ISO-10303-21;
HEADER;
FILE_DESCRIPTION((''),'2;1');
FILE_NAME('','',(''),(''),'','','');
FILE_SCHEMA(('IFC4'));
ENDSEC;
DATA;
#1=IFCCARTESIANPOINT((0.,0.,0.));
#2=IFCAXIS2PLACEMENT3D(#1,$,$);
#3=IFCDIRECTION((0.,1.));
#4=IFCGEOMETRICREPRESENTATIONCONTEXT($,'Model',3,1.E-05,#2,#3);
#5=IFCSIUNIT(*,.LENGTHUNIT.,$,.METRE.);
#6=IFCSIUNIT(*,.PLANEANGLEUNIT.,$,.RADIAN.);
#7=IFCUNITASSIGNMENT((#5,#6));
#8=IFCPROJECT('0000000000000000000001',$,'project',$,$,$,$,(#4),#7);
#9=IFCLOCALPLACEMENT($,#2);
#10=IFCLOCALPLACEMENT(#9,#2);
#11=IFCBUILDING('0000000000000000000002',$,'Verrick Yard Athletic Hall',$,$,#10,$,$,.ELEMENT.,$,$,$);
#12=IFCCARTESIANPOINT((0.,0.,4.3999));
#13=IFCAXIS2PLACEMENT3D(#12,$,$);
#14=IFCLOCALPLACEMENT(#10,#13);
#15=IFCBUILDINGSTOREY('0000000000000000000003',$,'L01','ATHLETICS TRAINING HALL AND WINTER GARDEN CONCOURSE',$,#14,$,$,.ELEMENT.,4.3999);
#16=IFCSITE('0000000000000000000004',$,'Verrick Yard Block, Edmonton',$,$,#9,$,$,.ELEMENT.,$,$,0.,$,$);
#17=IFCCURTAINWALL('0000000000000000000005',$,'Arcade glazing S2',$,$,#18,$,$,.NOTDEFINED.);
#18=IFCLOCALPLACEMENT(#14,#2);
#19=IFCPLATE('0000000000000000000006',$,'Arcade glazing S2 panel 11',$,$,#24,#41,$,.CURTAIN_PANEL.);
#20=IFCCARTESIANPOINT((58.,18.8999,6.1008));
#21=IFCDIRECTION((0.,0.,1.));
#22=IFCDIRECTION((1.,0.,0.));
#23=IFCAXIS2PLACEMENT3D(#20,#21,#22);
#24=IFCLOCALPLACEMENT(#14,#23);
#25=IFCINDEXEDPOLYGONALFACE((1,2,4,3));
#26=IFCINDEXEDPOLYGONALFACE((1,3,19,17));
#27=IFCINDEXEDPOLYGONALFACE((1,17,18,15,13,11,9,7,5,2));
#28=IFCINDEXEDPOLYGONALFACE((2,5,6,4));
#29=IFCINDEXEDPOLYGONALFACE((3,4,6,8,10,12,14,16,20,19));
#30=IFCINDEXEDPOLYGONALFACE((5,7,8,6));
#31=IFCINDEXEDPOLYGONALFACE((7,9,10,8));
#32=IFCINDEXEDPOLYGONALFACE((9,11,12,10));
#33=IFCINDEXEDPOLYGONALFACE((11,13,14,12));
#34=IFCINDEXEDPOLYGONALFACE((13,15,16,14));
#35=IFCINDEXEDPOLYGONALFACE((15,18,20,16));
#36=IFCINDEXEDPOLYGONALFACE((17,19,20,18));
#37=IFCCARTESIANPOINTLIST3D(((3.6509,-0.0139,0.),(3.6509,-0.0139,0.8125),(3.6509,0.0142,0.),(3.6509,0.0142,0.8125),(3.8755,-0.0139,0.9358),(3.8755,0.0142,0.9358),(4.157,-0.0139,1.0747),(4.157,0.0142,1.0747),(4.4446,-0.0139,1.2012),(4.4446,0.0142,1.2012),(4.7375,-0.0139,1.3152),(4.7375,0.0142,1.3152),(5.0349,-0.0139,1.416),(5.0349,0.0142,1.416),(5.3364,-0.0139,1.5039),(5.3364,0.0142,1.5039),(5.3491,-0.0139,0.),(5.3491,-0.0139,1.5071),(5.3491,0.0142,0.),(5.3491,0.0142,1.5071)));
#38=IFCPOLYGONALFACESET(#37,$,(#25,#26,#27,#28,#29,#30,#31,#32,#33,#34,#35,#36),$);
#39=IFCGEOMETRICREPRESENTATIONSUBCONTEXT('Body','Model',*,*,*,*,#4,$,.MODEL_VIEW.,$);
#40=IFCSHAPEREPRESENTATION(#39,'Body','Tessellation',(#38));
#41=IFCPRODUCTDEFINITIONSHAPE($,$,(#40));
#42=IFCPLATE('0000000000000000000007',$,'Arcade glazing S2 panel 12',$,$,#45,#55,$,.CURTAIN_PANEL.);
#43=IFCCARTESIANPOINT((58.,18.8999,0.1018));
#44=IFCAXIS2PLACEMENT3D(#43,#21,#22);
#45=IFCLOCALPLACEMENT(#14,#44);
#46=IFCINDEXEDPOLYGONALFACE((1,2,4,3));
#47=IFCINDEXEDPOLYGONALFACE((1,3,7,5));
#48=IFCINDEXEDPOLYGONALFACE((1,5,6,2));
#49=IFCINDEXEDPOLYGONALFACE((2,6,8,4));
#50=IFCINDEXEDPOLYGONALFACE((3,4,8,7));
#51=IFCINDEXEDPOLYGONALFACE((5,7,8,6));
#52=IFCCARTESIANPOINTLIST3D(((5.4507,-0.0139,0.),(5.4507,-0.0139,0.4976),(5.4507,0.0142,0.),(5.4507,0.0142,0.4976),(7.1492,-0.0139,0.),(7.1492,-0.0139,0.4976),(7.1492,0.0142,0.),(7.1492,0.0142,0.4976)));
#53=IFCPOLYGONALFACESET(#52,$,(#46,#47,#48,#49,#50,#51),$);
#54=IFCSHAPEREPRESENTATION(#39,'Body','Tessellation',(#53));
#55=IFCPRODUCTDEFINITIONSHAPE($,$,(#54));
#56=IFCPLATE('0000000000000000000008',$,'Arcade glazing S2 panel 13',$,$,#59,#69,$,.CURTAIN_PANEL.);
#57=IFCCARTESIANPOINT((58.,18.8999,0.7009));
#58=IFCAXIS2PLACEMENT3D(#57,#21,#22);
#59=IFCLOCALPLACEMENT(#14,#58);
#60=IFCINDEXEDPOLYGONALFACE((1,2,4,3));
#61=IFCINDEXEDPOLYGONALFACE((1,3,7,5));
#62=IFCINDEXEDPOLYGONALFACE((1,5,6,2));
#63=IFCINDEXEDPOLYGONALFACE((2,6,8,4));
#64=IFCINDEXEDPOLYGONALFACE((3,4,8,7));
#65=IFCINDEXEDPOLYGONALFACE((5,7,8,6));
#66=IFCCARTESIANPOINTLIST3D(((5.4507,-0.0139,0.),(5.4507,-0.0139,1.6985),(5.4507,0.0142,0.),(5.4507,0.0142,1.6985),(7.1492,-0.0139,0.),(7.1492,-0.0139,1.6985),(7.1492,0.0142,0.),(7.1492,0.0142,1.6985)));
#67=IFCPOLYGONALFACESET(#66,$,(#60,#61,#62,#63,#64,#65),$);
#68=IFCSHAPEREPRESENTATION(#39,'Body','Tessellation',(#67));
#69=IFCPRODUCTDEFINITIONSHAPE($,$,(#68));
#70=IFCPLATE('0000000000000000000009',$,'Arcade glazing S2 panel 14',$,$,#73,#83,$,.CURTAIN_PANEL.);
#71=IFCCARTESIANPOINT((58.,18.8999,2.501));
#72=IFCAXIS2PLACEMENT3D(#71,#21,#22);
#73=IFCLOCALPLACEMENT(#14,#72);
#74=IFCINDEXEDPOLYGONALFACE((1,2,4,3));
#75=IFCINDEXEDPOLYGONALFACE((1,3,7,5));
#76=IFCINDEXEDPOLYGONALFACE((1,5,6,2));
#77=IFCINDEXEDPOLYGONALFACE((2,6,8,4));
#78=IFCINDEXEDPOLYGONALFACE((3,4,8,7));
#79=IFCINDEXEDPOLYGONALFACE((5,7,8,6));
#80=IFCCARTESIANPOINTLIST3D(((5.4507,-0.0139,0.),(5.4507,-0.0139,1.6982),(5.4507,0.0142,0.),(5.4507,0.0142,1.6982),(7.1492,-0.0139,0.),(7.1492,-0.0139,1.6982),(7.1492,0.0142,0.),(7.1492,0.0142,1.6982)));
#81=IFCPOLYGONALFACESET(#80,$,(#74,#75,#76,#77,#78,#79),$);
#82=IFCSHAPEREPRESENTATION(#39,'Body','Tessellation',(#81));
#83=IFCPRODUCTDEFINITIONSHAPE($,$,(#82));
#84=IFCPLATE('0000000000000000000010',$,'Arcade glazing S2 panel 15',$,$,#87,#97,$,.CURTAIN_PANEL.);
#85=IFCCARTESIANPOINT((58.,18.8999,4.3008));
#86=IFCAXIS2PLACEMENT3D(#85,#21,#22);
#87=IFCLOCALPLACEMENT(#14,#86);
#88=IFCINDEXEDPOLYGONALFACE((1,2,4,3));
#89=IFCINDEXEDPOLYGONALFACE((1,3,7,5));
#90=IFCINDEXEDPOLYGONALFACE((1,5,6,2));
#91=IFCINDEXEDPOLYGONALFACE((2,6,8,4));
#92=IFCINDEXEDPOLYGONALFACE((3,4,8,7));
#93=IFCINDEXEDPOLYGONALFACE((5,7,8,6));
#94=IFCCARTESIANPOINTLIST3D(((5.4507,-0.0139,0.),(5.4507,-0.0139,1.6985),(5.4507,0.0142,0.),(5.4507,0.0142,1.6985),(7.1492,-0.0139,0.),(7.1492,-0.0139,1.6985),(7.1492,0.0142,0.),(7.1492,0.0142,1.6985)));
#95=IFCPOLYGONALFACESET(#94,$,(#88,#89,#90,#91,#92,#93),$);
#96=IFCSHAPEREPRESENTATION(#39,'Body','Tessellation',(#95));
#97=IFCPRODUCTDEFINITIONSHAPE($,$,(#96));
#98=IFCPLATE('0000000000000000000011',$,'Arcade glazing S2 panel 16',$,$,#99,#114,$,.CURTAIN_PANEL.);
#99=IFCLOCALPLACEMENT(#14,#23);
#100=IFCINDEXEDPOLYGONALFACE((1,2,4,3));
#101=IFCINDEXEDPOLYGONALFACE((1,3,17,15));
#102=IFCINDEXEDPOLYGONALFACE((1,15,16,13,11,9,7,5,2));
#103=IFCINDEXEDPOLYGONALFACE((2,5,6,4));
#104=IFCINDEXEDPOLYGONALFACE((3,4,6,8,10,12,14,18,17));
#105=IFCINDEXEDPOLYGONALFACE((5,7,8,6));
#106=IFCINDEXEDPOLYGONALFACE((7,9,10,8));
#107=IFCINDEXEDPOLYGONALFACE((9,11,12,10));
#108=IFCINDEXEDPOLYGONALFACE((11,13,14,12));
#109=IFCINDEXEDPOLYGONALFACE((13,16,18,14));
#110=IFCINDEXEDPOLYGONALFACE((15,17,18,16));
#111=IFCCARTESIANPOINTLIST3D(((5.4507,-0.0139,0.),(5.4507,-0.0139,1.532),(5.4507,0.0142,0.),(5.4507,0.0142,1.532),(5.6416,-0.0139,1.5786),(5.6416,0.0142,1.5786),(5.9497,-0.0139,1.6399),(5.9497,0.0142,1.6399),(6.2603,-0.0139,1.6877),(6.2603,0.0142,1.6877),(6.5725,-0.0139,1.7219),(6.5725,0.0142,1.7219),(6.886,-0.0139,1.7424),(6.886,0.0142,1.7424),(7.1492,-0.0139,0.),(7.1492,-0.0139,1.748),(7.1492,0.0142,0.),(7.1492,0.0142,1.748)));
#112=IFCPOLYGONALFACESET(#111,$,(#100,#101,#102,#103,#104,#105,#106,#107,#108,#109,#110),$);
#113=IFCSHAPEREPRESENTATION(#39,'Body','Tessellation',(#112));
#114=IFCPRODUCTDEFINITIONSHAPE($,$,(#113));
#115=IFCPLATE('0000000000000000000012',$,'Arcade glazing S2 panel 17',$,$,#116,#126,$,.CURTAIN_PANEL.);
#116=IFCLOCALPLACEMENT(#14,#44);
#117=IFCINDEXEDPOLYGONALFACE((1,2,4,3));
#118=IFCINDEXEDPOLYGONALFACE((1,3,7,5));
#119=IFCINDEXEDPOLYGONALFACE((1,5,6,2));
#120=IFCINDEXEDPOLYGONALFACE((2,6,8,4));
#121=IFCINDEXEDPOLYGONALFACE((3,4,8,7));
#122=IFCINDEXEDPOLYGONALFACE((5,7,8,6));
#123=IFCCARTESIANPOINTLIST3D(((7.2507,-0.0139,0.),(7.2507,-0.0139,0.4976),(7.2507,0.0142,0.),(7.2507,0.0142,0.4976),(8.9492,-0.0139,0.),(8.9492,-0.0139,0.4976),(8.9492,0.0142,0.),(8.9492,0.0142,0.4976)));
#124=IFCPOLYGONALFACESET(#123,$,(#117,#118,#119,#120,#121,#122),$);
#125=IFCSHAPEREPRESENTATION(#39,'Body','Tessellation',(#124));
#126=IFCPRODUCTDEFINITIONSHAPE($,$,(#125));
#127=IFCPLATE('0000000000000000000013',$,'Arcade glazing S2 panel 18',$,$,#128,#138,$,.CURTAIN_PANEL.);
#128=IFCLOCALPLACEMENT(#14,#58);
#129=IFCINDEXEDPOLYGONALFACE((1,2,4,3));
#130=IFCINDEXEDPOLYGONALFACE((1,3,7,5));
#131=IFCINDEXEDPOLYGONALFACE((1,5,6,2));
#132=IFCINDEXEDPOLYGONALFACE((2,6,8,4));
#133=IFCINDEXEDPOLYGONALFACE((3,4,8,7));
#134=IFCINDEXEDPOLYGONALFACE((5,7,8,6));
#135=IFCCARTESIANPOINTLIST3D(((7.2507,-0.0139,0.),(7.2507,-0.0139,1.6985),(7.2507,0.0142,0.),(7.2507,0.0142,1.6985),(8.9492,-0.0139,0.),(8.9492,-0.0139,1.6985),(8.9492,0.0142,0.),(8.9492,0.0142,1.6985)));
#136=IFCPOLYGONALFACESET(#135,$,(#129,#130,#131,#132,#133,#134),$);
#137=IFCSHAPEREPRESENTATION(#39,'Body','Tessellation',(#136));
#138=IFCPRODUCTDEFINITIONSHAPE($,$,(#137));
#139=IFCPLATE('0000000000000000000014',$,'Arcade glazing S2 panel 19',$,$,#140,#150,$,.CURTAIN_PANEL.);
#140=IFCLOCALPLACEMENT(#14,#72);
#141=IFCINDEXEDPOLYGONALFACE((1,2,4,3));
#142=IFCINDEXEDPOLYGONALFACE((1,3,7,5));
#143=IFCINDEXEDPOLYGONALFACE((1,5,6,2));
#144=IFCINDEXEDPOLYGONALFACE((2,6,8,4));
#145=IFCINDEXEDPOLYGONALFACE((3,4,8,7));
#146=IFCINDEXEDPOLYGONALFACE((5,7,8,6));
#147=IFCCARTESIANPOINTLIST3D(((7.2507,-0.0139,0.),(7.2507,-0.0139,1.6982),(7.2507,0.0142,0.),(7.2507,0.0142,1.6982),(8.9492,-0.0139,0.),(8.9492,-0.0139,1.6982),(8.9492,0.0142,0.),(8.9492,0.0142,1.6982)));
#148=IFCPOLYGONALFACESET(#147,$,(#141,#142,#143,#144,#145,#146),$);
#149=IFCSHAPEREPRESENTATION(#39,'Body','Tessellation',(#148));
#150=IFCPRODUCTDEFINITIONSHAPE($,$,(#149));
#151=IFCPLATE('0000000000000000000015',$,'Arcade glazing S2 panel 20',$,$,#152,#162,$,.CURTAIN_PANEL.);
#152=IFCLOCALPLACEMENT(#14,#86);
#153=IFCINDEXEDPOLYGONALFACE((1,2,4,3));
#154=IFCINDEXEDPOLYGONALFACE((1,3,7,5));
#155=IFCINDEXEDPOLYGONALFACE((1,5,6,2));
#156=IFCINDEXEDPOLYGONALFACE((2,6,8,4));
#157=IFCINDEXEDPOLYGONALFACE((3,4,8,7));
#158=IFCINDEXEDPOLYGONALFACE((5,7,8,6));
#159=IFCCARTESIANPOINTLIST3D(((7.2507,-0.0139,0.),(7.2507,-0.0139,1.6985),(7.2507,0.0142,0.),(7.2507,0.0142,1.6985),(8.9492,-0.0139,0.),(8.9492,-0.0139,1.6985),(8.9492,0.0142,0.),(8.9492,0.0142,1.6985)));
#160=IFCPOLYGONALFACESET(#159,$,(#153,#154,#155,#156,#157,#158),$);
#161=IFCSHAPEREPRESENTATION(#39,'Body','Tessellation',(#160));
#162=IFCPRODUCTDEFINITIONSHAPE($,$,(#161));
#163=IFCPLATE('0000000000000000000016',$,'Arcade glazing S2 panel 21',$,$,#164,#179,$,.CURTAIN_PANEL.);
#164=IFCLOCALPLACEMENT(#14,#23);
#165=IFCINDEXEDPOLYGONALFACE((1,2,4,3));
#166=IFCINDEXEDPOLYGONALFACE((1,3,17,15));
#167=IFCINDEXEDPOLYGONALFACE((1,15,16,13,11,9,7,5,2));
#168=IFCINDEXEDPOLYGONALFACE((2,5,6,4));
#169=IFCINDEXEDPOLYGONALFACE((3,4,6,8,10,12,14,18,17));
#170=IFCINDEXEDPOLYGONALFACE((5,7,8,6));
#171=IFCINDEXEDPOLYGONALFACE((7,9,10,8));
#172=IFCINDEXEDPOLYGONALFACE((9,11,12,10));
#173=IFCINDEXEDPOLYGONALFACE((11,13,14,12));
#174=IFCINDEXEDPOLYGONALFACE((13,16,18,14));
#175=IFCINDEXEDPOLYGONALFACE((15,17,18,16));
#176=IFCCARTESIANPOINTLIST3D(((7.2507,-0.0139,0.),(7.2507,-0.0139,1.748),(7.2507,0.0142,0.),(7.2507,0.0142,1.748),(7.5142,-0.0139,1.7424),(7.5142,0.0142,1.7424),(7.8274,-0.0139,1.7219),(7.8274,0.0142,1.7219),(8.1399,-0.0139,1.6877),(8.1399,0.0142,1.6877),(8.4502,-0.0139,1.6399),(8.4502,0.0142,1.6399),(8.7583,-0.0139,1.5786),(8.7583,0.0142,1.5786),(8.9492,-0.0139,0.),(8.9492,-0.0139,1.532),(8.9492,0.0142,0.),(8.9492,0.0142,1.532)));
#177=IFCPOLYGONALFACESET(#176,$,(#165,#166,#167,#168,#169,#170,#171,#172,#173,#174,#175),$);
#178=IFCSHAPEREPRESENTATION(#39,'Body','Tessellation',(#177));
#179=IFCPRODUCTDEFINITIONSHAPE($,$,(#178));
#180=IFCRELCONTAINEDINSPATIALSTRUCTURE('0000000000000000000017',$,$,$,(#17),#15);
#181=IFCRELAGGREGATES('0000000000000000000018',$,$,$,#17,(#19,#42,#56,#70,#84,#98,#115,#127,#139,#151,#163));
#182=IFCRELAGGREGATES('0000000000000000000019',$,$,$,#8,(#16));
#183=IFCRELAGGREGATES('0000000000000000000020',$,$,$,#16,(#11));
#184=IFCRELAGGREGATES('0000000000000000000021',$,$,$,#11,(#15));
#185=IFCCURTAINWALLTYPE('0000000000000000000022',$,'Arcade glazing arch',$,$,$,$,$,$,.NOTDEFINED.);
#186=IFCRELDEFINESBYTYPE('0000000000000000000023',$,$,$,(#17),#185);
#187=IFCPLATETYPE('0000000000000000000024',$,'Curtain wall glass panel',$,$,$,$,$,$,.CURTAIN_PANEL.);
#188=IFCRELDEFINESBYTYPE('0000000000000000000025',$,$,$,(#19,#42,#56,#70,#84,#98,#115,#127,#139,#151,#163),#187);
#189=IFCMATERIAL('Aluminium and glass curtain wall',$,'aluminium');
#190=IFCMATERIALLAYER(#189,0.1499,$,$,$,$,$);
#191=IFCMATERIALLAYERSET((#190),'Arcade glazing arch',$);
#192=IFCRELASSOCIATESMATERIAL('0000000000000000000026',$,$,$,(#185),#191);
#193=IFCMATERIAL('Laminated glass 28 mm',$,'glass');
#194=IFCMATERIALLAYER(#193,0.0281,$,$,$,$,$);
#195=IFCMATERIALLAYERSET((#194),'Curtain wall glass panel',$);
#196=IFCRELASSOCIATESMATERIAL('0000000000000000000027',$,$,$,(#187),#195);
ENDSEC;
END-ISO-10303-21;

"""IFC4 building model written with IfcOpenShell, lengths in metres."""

from ifc_helpers import new_model, si_unit, direction, frame, origin, place, context, subcontext, project, spatial, polyline, outline, extrude, material, layer, layer_set, type_object, element, aggregate, save


model = new_model("IFC4")

# Units and contexts
model_context = context("Model", 3, precision=1e-05, world=origin(), true_north=direction((0.0, 1.0)))
body_context = subcontext(model_context, "Body", "Model", "MODEL_VIEW")
ifc_project = project(units=[si_unit("LENGTHUNIT", "METRE"), si_unit("PLANEANGLEUNIT", "RADIAN")], contexts=[model_context])

# Site, building, storey
site_placement = place(None, origin())
site = spatial("IfcSite", under=ifc_project, at=site_placement, Name="Verrick Yard Block, Edmonton", CompositionType="ELEMENT", RefElevation=0.0)
building_placement = place(site_placement, origin())
building = spatial("IfcBuilding", under=site, at=building_placement, Name="Verrick Yard Athletic Hall", CompositionType="ELEMENT")
storey_placement = place(building_placement, frame((0.0, 0.0, 4.3999)))
storey = spatial("IfcBuildingStorey", under=building, at=storey_placement, Name="L01", Description="ATHLETICS TRAINING HALL AND WINTER GARDEN CONCOURSE", CompositionType="ELEMENT", Elevation=4.3999)

# Shared definitions
ifc_material_1 = material(Name="Aluminium and glass curtain wall", Category="aluminium")
ifc_layer_1 = layer(ifc_material_1, 0.1499)
ifc_layer_set_1 = layer_set([ifc_layer_1], Name="Arcade glazing arch")
curtain_wall_type = type_object("IfcCurtainWallType", Name="Arcade glazing arch", PredefinedType="NOTDEFINED", material=ifc_layer_set_1)

# Curtain wall, plates
curtain_wall_1_placement = place(storey_placement, origin())
curtain_wall_1 = element("IfcCurtainWall", 1, at=curtain_wall_1_placement, inside=storey, type_object=curtain_wall_type, Name="Arcade glazing S2", PredefinedType="NOTDEFINED")
ifc_material_2 = material(Name="Laminated glass 28 mm", Category="glass")
ifc_layer_2 = layer(ifc_material_2, 0.0281)
ifc_layer_set_2 = layer_set([ifc_layer_2], Name="Curtain wall glass panel")
plate_type = type_object("IfcPlateType", Name="Curtain wall glass panel", PredefinedType="CURTAIN_PANEL", material=ifc_layer_set_2)
plate_1_placement = place(storey_placement, frame((58.0, 18.8999, 6.1008), z_axis=(0.0, 0.0, 1.0), x_axis=(1.0, 0.0, 0.0)))
plate_1 = element("IfcPlate", 2, at=plate_1_placement, type_object=plate_type, Name="Arcade glazing S2 panel 11", PredefinedType="CURTAIN_PANEL", context=body_context, shape_type="SweptSolid", body=[
    extrude(outline(polyline([(5.3491, 1.5071), (5.3364, 1.5039), (5.0349, 1.416), (4.7375, 1.3152), (4.4446, 1.2012), (4.157, 1.0747), (3.8755, 0.9358), (3.6509, 0.8125), (3.6509, 0.0), (5.3491, 0.0), (5.3491, 1.5071)])), frame((0.0, 0.0142, 0.0), z_axis=(0.0, -1.0, 0.0), x_axis=(1.0, 0.0, 0.0)), (0.0, 0.0, 1.0), 0.0281),
])
plate_2_placement = place(storey_placement, frame((58.0, 18.8999, 0.1018), z_axis=(0.0, 0.0, 1.0), x_axis=(1.0, 0.0, 0.0)))
plate_2 = element("IfcPlate", 3, at=plate_2_placement, type_object=plate_type, Name="Arcade glazing S2 panel 12", PredefinedType="CURTAIN_PANEL", context=body_context, shape_type="SweptSolid", body=[
    extrude(outline(polyline([(7.1492, 0.0), (7.1492, 0.4976), (5.4507, 0.4976), (5.4507, 0.0), (7.1492, 0.0)])), frame((0.0, 0.0142, 0.0), z_axis=(0.0, -1.0, 0.0), x_axis=(1.0, 0.0, 0.0)), (0.0, 0.0, 1.0), 0.0281),
])
plate_3_placement = place(storey_placement, frame((58.0, 18.8999, 0.7009), z_axis=(0.0, 0.0, 1.0), x_axis=(1.0, 0.0, 0.0)))
plate_3 = element("IfcPlate", 4, at=plate_3_placement, type_object=plate_type, Name="Arcade glazing S2 panel 13", PredefinedType="CURTAIN_PANEL", context=body_context, shape_type="SweptSolid", body=[
    extrude(outline(polyline([(7.1492, 0.0), (7.1492, 1.6985), (5.4507, 1.6985), (5.4507, 0.0), (7.1492, 0.0)])), frame((0.0, 0.0142, 0.0), z_axis=(0.0, -1.0, 0.0), x_axis=(1.0, 0.0, 0.0)), (0.0, 0.0, 1.0), 0.0281),
])
plate_4_placement = place(storey_placement, frame((58.0, 18.8999, 2.501), z_axis=(0.0, 0.0, 1.0), x_axis=(1.0, 0.0, 0.0)))
plate_4 = element("IfcPlate", 5, at=plate_4_placement, type_object=plate_type, Name="Arcade glazing S2 panel 14", PredefinedType="CURTAIN_PANEL", context=body_context, shape_type="SweptSolid", body=[
    extrude(outline(polyline([(7.1492, 0.0), (7.1492, 1.6982), (5.4507, 1.6982), (5.4507, 0.0), (7.1492, 0.0)])), frame((0.0, 0.0142, 0.0), z_axis=(0.0, -1.0, 0.0), x_axis=(1.0, 0.0, 0.0)), (0.0, 0.0, 1.0), 0.0281),
])
plate_5_placement = place(storey_placement, frame((58.0, 18.8999, 4.3008), z_axis=(0.0, 0.0, 1.0), x_axis=(1.0, 0.0, 0.0)))
plate_5 = element("IfcPlate", 6, at=plate_5_placement, type_object=plate_type, Name="Arcade glazing S2 panel 15", PredefinedType="CURTAIN_PANEL", context=body_context, shape_type="SweptSolid", body=[
    extrude(outline(polyline([(7.1492, 0.0), (7.1492, 1.6985), (5.4507, 1.6985), (5.4507, 0.0), (7.1492, 0.0)])), frame((0.0, 0.0142, 0.0), z_axis=(0.0, -1.0, 0.0), x_axis=(1.0, 0.0, 0.0)), (0.0, 0.0, 1.0), 0.0281),
])
plate_6_placement = place(storey_placement, frame((58.0, 18.8999, 6.1008), z_axis=(0.0, 0.0, 1.0), x_axis=(1.0, 0.0, 0.0)))
plate_6 = element("IfcPlate", 7, at=plate_6_placement, type_object=plate_type, Name="Arcade glazing S2 panel 16", PredefinedType="CURTAIN_PANEL", context=body_context, shape_type="SweptSolid", body=[
    extrude(outline(polyline([(7.1492, 1.748), (6.886, 1.7424), (6.5725, 1.7219), (6.2603, 1.6877), (5.9497, 1.6399), (5.6416, 1.5786), (5.4507, 1.532), (5.4507, 0.0), (7.1492, 0.0), (7.1492, 1.748)])), frame((0.0, 0.0142, 0.0), z_axis=(0.0, -1.0, 0.0), x_axis=(1.0, 0.0, 0.0)), (0.0, 0.0, 1.0), 0.0281),
])
plate_7_placement = place(storey_placement, frame((58.0, 18.8999, 0.1018), z_axis=(0.0, 0.0, 1.0), x_axis=(1.0, 0.0, 0.0)))
plate_7 = element("IfcPlate", 8, at=plate_7_placement, type_object=plate_type, Name="Arcade glazing S2 panel 17", PredefinedType="CURTAIN_PANEL", context=body_context, shape_type="SweptSolid", body=[
    extrude(outline(polyline([(8.9492, 0.0), (8.9492, 0.4976), (7.2507, 0.4976), (7.2507, 0.0), (8.9492, 0.0)])), frame((0.0, 0.0142, 0.0), z_axis=(0.0, -1.0, 0.0), x_axis=(1.0, 0.0, 0.0)), (0.0, 0.0, 1.0), 0.0281),
])
plate_8_placement = place(storey_placement, frame((58.0, 18.8999, 0.7009), z_axis=(0.0, 0.0, 1.0), x_axis=(1.0, 0.0, 0.0)))
plate_8 = element("IfcPlate", 9, at=plate_8_placement, type_object=plate_type, Name="Arcade glazing S2 panel 18", PredefinedType="CURTAIN_PANEL", context=body_context, shape_type="SweptSolid", body=[
    extrude(outline(polyline([(8.9492, 0.0), (8.9492, 1.6985), (7.2507, 1.6985), (7.2507, 0.0), (8.9492, 0.0)])), frame((0.0, 0.0142, 0.0), z_axis=(0.0, -1.0, 0.0), x_axis=(1.0, 0.0, 0.0)), (0.0, 0.0, 1.0), 0.0281),
])
plate_9_placement = place(storey_placement, frame((58.0, 18.8999, 2.501), z_axis=(0.0, 0.0, 1.0), x_axis=(1.0, 0.0, 0.0)))
plate_9 = element("IfcPlate", 10, at=plate_9_placement, type_object=plate_type, Name="Arcade glazing S2 panel 19", PredefinedType="CURTAIN_PANEL", context=body_context, shape_type="SweptSolid", body=[
    extrude(outline(polyline([(8.9492, 0.0), (8.9492, 1.6982), (7.2507, 1.6982), (7.2507, 0.0), (8.9492, 0.0)])), frame((0.0, 0.0142, 0.0), z_axis=(0.0, -1.0, 0.0), x_axis=(1.0, 0.0, 0.0)), (0.0, 0.0, 1.0), 0.0281),
])
plate_10_placement = place(storey_placement, frame((58.0, 18.8999, 4.3008), z_axis=(0.0, 0.0, 1.0), x_axis=(1.0, 0.0, 0.0)))
plate_10 = element("IfcPlate", 11, at=plate_10_placement, type_object=plate_type, Name="Arcade glazing S2 panel 20", PredefinedType="CURTAIN_PANEL", context=body_context, shape_type="SweptSolid", body=[
    extrude(outline(polyline([(8.9492, 0.0), (8.9492, 1.6985), (7.2507, 1.6985), (7.2507, 0.0), (8.9492, 0.0)])), frame((0.0, 0.0142, 0.0), z_axis=(0.0, -1.0, 0.0), x_axis=(1.0, 0.0, 0.0)), (0.0, 0.0, 1.0), 0.0281),
])
plate_11_placement = place(storey_placement, frame((58.0, 18.8999, 6.1008), z_axis=(0.0, 0.0, 1.0), x_axis=(1.0, 0.0, 0.0)))
plate_11 = element("IfcPlate", 12, at=plate_11_placement, type_object=plate_type, Name="Arcade glazing S2 panel 21", PredefinedType="CURTAIN_PANEL", context=body_context, shape_type="SweptSolid", body=[
    extrude(outline(polyline([(8.9492, 1.532), (8.7583, 1.5786), (8.4502, 1.6399), (8.1399, 1.6877), (7.8274, 1.7219), (7.5142, 1.7424), (7.2507, 1.748), (7.2507, 0.0), (8.9492, 0.0), (8.9492, 1.532)])), frame((0.0, 0.0142, 0.0), z_axis=(0.0, -1.0, 0.0), x_axis=(1.0, 0.0, 0.0)), (0.0, 0.0, 1.0), 0.0281),
])
aggregate(curtain_wall_1, [plate_1, plate_2, plate_3, plate_4, plate_5, plate_6, plate_7, plate_8, plate_9, plate_10, plate_11])

save(model, "model.ifc")
